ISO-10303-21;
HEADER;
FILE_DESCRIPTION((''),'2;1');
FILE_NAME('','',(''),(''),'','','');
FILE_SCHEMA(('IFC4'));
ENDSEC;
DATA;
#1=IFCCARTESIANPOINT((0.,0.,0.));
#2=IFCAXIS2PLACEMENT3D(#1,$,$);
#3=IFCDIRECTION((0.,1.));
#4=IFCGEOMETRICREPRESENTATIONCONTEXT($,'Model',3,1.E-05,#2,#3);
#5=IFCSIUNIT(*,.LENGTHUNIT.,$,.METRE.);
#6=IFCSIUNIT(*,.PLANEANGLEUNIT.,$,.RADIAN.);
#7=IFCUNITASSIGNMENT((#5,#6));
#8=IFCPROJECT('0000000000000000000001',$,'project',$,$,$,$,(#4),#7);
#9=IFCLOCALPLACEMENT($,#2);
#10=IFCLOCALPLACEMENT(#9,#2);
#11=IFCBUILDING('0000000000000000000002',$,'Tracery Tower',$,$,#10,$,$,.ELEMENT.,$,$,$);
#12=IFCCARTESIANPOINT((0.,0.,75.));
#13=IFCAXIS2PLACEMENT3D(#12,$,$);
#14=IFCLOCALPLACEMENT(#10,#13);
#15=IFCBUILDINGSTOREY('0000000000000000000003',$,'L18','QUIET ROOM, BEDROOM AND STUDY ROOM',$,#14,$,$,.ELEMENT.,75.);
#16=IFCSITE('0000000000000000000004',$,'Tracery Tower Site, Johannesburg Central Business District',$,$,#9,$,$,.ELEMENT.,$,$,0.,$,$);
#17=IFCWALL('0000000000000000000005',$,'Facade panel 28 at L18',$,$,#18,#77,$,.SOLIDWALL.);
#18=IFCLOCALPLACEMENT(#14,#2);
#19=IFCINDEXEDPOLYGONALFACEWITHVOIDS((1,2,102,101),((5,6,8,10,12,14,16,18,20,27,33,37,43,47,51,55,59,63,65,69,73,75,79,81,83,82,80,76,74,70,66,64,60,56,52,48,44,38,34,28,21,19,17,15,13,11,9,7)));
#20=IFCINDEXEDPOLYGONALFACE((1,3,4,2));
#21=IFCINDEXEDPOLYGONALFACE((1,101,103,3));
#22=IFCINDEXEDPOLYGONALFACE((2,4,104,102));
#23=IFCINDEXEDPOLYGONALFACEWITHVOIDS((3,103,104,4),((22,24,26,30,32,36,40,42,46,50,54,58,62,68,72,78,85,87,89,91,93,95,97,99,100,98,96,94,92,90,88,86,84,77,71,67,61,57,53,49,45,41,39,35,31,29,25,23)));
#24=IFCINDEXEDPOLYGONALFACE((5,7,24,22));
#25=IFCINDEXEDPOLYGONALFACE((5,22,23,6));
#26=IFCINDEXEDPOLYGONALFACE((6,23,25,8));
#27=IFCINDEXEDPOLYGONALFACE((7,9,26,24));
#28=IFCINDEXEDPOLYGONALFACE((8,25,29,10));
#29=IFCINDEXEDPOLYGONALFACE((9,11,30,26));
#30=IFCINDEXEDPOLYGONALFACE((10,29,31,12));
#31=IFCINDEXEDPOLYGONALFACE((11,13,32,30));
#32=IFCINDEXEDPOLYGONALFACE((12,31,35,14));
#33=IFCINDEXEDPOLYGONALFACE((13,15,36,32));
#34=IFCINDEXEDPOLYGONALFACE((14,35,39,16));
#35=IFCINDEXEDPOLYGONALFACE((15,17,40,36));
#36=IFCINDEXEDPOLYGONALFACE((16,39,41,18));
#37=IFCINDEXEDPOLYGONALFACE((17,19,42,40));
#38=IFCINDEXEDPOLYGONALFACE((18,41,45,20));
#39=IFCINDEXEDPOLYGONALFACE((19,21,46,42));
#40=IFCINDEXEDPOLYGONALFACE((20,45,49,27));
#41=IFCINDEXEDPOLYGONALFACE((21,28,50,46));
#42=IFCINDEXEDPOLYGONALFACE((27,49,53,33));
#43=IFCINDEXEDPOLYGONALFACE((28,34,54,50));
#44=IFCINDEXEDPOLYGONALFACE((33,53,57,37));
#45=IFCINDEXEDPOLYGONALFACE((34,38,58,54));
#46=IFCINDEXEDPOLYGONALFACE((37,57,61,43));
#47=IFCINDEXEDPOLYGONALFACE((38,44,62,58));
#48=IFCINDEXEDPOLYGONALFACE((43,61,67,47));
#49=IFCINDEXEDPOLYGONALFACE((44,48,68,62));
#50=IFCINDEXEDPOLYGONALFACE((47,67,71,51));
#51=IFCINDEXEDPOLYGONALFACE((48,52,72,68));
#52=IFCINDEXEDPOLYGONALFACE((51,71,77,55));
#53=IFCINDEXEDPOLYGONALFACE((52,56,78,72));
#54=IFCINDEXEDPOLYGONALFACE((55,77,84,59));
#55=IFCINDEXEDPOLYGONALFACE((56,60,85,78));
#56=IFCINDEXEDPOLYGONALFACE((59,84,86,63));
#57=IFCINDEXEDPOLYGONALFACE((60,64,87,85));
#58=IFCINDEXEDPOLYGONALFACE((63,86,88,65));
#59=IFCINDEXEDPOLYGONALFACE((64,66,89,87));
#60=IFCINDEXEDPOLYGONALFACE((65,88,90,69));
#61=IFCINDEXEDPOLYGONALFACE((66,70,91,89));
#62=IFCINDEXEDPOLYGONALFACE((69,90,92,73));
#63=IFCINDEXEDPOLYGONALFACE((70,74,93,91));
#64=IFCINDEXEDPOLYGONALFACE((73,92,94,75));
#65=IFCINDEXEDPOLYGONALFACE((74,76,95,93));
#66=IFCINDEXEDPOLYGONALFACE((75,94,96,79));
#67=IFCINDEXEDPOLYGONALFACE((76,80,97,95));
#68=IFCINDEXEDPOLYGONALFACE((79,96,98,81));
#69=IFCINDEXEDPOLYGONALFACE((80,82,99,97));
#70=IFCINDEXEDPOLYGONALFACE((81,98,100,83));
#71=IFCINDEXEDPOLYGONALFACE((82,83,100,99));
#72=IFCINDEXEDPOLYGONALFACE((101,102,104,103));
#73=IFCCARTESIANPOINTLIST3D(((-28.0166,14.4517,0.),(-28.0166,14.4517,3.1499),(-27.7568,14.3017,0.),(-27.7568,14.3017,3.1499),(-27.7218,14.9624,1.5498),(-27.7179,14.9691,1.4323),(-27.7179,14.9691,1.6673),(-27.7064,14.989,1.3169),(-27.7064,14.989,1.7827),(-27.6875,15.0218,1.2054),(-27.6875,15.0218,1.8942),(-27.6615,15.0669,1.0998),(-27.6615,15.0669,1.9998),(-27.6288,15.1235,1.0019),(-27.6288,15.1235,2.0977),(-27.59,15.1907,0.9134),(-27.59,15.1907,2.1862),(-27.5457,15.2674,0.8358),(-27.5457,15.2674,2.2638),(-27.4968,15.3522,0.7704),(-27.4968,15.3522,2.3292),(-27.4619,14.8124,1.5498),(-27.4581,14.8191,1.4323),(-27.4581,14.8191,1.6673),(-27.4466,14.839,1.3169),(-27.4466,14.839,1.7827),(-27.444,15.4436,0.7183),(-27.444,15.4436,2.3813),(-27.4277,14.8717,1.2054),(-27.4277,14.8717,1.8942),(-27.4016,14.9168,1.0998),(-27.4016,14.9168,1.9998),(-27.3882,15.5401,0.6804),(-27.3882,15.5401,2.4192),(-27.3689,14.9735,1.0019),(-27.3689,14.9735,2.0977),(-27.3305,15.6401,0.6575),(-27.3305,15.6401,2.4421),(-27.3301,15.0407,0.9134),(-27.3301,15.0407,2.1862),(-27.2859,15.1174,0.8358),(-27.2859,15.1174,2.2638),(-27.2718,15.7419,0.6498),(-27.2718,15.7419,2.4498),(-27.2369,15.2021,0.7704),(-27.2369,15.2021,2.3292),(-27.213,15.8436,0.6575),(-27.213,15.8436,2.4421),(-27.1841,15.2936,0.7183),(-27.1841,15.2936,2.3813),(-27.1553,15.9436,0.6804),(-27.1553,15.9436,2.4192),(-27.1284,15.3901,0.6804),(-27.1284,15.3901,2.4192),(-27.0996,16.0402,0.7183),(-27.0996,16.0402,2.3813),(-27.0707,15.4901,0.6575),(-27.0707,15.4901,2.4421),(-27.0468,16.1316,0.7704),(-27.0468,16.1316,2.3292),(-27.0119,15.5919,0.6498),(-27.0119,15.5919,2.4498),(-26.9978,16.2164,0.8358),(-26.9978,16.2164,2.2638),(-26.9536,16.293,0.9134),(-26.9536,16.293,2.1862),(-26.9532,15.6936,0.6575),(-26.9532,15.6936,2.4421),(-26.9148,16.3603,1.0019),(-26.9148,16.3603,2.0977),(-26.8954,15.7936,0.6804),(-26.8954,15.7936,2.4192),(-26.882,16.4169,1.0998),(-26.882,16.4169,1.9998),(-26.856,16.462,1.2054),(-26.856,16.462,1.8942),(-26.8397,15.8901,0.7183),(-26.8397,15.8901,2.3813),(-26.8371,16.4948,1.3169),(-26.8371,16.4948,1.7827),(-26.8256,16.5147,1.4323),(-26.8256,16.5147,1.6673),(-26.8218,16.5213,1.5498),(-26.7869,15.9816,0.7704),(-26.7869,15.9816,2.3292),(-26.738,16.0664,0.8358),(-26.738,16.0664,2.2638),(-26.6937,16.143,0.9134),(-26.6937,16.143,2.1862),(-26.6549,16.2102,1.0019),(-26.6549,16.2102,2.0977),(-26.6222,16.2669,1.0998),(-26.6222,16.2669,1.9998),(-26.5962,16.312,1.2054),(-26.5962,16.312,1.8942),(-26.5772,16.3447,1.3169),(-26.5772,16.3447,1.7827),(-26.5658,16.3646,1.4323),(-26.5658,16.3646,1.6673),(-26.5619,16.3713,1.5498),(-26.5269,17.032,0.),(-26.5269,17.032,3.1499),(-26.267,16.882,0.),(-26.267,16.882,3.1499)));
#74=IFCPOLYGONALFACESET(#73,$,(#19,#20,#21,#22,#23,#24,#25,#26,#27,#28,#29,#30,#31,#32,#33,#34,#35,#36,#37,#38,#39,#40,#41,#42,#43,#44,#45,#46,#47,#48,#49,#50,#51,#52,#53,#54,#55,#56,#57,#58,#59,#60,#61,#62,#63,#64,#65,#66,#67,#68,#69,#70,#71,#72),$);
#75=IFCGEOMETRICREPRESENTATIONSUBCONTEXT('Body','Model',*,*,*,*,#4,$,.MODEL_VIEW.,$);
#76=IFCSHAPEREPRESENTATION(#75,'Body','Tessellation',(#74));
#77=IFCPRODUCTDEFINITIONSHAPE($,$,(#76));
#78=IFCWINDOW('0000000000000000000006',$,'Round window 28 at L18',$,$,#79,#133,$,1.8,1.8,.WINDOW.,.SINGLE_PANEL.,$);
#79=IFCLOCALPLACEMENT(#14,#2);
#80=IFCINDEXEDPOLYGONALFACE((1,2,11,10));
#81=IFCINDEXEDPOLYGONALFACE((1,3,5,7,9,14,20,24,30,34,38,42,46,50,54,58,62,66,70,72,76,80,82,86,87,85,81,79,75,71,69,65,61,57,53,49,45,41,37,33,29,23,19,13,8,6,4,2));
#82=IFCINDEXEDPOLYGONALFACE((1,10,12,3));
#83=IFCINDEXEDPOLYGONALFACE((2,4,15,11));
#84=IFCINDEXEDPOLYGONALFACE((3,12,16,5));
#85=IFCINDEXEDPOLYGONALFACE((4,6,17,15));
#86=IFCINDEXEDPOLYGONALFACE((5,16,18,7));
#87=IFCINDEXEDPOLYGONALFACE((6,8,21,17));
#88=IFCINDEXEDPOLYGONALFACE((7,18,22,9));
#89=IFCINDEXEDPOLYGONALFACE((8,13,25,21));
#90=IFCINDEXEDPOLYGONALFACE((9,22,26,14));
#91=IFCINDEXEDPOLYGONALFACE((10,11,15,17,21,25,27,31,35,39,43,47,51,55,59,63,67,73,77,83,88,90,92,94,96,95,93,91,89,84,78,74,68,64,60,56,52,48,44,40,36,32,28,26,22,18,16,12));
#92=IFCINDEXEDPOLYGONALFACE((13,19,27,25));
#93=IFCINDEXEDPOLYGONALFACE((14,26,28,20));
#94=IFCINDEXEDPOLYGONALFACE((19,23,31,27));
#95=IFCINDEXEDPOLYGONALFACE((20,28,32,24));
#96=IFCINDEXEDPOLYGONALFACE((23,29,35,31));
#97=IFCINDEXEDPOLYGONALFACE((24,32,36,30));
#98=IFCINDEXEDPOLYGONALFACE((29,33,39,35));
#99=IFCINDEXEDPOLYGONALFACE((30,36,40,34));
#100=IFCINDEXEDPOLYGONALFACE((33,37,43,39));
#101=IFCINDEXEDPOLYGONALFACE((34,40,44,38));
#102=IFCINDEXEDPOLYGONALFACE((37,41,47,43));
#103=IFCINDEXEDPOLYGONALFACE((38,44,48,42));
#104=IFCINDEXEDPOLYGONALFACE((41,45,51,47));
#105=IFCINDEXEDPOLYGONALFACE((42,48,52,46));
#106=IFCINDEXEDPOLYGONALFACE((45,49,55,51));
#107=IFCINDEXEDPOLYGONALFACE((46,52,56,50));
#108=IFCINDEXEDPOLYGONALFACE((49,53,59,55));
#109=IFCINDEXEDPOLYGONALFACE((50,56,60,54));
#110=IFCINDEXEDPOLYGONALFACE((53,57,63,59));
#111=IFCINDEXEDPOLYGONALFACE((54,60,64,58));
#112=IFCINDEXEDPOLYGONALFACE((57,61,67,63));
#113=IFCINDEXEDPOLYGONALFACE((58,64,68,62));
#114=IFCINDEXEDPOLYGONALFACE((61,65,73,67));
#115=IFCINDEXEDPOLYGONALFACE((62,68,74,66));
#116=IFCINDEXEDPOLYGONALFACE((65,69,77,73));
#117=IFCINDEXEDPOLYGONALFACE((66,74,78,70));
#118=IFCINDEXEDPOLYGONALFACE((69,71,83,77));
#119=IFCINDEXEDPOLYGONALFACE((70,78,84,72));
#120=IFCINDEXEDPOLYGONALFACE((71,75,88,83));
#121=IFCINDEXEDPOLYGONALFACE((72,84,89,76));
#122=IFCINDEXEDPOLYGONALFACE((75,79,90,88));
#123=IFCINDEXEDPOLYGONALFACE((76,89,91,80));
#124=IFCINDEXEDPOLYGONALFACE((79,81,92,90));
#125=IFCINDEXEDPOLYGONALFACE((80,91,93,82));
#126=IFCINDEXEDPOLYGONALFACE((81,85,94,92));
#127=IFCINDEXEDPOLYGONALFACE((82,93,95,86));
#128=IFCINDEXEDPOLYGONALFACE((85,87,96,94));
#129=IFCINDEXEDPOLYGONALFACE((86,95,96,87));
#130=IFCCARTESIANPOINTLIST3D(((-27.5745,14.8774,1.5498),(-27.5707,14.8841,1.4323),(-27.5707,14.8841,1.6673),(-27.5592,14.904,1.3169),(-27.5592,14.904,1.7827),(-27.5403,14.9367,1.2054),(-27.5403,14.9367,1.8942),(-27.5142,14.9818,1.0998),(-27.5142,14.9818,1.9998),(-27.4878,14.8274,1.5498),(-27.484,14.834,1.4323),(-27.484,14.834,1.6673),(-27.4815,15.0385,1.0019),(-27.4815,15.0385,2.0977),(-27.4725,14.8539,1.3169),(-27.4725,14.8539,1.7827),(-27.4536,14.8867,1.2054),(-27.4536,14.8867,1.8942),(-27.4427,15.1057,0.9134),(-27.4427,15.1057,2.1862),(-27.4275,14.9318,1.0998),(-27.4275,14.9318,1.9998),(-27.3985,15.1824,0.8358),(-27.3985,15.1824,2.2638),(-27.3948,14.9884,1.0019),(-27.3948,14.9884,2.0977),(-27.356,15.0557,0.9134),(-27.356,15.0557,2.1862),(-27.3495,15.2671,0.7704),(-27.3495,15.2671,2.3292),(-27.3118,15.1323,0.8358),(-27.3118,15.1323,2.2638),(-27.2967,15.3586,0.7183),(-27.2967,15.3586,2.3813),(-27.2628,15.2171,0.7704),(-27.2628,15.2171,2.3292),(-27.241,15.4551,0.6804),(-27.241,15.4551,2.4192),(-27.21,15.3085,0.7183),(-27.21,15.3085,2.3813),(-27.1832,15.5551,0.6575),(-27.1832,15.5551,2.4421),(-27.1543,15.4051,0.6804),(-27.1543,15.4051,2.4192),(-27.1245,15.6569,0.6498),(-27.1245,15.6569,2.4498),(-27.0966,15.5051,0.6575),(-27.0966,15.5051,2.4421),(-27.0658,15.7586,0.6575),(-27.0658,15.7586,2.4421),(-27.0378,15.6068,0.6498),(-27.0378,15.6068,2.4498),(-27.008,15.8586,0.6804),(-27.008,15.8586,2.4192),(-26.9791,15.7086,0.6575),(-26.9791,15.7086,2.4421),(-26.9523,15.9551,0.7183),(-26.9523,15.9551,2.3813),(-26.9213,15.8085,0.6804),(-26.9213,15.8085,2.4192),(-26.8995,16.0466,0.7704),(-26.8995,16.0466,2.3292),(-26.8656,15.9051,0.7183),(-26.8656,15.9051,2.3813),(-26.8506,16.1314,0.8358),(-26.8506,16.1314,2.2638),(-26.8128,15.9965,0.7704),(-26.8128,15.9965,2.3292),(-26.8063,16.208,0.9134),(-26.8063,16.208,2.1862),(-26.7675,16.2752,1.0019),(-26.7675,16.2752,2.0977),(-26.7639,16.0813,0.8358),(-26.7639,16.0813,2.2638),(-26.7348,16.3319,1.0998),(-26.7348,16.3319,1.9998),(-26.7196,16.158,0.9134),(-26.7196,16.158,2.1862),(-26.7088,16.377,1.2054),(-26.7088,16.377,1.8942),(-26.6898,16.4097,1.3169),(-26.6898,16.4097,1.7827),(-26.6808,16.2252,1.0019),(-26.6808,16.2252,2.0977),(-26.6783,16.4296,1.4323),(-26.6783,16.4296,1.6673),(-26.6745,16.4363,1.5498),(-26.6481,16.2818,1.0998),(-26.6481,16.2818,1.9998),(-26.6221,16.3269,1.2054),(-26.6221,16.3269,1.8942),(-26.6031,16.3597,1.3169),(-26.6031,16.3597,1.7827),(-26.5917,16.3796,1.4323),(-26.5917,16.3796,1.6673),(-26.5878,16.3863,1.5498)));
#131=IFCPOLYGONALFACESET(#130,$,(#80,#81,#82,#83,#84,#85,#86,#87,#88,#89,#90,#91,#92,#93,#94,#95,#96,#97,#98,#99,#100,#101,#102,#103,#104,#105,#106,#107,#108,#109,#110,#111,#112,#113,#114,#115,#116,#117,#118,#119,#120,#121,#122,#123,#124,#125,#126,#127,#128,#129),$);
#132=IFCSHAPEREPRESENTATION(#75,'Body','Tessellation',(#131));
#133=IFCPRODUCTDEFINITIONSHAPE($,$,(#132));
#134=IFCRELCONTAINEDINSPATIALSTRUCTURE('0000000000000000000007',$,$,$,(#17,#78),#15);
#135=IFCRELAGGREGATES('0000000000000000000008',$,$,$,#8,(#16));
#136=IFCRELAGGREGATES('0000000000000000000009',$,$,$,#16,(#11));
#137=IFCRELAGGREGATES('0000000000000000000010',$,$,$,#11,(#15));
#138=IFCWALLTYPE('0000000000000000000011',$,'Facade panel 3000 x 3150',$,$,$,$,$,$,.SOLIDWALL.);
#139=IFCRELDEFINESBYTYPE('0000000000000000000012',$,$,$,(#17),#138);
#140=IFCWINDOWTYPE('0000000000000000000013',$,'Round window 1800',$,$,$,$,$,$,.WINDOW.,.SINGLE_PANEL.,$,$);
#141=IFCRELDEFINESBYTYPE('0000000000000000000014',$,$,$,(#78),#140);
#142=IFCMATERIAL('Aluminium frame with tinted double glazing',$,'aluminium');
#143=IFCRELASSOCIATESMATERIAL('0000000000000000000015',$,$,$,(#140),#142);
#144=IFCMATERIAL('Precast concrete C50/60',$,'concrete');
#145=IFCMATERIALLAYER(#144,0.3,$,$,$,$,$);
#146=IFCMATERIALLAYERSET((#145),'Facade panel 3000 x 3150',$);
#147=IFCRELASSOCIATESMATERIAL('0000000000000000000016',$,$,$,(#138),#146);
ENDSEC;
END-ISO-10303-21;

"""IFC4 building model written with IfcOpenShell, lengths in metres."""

from ifc_helpers import new_model, si_unit, direction, frame, frame_2d, origin, origin_2d, place, context, subcontext, project, spatial, rectangle, circle, extrude, material, layer, layer_set, type_object, element, fill, save


model = new_model("IFC4")

# Units and contexts
model_context = context("Model", 3, precision=1e-05, world=origin(), true_north=direction((0.0, 1.0)))
body_context = subcontext(model_context, "Body", "Model", "MODEL_VIEW")
ifc_project = project(units=[si_unit("LENGTHUNIT", "METRE"), si_unit("PLANEANGLEUNIT", "RADIAN")], contexts=[model_context])

# Site, building, storey
site_placement = place(None, origin())
site = spatial("IfcSite", under=ifc_project, at=site_placement, Name="Tracery Tower Site, Johannesburg Central Business District", CompositionType="ELEMENT", RefElevation=0.0)
building_placement = place(site_placement, origin())
building = spatial("IfcBuilding", under=site, at=building_placement, Name="Tracery Tower", CompositionType="ELEMENT")
storey_placement = place(building_placement, frame((0.0, 0.0, 75.0)))
storey = spatial("IfcBuildingStorey", under=building, at=storey_placement, Name="L18", Description="QUIET ROOM, BEDROOM AND STUDY ROOM", CompositionType="ELEMENT", Elevation=75.0)

# Wall, opening, window
ifc_material_1 = material(Name="Aluminium frame with tinted double glazing", Category="aluminium")
window_type = type_object("IfcWindowType", Name="Round window 1800", PartitioningType="SINGLE_PANEL", PredefinedType="WINDOW", material=ifc_material_1)
ifc_material_2 = material(Name="Precast concrete C50/60", Category="concrete")
ifc_layer_1 = layer(ifc_material_2, 0.3)
ifc_layer_set_1 = layer_set([ifc_layer_1], Name="Facade panel 3000 x 3150")
wall_type_1 = type_object("IfcWallType", Name="Facade panel 3000 x 3150", PredefinedType="SOLIDWALL", material=ifc_layer_set_1)
wall_1_placement = place(storey_placement, frame((-26.397, 16.957, 0.0), z_axis=(0.0, 0.0, 1.0), x_axis=(-0.499999, -0.866026, 0.0)))
wall_1 = element("IfcWall", 1, at=wall_1_placement, inside=storey, type_object=wall_type_1, Name="Facade panel 28 at L18", PredefinedType="SOLIDWALL", context=body_context, shape_type="SweptSolid", body=[
    extrude(rectangle(XDim=2.9795, YDim=0.3, at=frame_2d((1.4897, 0.0))), origin(), (0.0, 0.0, 1.0), 3.1499),
])
opening_1_placement = place(wall_1_placement, frame((1.4897, 0.0, 1.5498)))
opening_1 = element("IfcOpeningElement", 2, at=opening_1_placement, cuts=wall_1, PredefinedType="OPENING", context=body_context, shape_type="SweptSolid", body=[
    extrude(circle(Radius=0.9, at=origin_2d()), frame((0.0, 0.1599, 0.0), z_axis=(0.0, -1.0, 0.0), x_axis=(1.0, 0.0, 0.0)), (0.0, 0.0, 1.0), 0.3201),
])
window_1_placement = place(opening_1_placement, origin())
window_1 = element("IfcWindow", 3, at=window_1_placement, inside=storey, type_object=window_type, Name="Round window 28 at L18", OverallHeight=1.8, OverallWidth=1.8, PartitioningType="SINGLE_PANEL", PredefinedType="WINDOW", context=body_context, shape_type="SweptSolid", body=[
    extrude(circle(Radius=0.9, at=origin_2d()), frame((0.0, 0.1201, 0.0), z_axis=(0.0, -1.0, 0.0), x_axis=(1.0, 0.0, 0.0)), (0.0, 0.0, 1.0), 0.1001),
])
fill(opening_1, window_1)

save(model, "model.ifc")
